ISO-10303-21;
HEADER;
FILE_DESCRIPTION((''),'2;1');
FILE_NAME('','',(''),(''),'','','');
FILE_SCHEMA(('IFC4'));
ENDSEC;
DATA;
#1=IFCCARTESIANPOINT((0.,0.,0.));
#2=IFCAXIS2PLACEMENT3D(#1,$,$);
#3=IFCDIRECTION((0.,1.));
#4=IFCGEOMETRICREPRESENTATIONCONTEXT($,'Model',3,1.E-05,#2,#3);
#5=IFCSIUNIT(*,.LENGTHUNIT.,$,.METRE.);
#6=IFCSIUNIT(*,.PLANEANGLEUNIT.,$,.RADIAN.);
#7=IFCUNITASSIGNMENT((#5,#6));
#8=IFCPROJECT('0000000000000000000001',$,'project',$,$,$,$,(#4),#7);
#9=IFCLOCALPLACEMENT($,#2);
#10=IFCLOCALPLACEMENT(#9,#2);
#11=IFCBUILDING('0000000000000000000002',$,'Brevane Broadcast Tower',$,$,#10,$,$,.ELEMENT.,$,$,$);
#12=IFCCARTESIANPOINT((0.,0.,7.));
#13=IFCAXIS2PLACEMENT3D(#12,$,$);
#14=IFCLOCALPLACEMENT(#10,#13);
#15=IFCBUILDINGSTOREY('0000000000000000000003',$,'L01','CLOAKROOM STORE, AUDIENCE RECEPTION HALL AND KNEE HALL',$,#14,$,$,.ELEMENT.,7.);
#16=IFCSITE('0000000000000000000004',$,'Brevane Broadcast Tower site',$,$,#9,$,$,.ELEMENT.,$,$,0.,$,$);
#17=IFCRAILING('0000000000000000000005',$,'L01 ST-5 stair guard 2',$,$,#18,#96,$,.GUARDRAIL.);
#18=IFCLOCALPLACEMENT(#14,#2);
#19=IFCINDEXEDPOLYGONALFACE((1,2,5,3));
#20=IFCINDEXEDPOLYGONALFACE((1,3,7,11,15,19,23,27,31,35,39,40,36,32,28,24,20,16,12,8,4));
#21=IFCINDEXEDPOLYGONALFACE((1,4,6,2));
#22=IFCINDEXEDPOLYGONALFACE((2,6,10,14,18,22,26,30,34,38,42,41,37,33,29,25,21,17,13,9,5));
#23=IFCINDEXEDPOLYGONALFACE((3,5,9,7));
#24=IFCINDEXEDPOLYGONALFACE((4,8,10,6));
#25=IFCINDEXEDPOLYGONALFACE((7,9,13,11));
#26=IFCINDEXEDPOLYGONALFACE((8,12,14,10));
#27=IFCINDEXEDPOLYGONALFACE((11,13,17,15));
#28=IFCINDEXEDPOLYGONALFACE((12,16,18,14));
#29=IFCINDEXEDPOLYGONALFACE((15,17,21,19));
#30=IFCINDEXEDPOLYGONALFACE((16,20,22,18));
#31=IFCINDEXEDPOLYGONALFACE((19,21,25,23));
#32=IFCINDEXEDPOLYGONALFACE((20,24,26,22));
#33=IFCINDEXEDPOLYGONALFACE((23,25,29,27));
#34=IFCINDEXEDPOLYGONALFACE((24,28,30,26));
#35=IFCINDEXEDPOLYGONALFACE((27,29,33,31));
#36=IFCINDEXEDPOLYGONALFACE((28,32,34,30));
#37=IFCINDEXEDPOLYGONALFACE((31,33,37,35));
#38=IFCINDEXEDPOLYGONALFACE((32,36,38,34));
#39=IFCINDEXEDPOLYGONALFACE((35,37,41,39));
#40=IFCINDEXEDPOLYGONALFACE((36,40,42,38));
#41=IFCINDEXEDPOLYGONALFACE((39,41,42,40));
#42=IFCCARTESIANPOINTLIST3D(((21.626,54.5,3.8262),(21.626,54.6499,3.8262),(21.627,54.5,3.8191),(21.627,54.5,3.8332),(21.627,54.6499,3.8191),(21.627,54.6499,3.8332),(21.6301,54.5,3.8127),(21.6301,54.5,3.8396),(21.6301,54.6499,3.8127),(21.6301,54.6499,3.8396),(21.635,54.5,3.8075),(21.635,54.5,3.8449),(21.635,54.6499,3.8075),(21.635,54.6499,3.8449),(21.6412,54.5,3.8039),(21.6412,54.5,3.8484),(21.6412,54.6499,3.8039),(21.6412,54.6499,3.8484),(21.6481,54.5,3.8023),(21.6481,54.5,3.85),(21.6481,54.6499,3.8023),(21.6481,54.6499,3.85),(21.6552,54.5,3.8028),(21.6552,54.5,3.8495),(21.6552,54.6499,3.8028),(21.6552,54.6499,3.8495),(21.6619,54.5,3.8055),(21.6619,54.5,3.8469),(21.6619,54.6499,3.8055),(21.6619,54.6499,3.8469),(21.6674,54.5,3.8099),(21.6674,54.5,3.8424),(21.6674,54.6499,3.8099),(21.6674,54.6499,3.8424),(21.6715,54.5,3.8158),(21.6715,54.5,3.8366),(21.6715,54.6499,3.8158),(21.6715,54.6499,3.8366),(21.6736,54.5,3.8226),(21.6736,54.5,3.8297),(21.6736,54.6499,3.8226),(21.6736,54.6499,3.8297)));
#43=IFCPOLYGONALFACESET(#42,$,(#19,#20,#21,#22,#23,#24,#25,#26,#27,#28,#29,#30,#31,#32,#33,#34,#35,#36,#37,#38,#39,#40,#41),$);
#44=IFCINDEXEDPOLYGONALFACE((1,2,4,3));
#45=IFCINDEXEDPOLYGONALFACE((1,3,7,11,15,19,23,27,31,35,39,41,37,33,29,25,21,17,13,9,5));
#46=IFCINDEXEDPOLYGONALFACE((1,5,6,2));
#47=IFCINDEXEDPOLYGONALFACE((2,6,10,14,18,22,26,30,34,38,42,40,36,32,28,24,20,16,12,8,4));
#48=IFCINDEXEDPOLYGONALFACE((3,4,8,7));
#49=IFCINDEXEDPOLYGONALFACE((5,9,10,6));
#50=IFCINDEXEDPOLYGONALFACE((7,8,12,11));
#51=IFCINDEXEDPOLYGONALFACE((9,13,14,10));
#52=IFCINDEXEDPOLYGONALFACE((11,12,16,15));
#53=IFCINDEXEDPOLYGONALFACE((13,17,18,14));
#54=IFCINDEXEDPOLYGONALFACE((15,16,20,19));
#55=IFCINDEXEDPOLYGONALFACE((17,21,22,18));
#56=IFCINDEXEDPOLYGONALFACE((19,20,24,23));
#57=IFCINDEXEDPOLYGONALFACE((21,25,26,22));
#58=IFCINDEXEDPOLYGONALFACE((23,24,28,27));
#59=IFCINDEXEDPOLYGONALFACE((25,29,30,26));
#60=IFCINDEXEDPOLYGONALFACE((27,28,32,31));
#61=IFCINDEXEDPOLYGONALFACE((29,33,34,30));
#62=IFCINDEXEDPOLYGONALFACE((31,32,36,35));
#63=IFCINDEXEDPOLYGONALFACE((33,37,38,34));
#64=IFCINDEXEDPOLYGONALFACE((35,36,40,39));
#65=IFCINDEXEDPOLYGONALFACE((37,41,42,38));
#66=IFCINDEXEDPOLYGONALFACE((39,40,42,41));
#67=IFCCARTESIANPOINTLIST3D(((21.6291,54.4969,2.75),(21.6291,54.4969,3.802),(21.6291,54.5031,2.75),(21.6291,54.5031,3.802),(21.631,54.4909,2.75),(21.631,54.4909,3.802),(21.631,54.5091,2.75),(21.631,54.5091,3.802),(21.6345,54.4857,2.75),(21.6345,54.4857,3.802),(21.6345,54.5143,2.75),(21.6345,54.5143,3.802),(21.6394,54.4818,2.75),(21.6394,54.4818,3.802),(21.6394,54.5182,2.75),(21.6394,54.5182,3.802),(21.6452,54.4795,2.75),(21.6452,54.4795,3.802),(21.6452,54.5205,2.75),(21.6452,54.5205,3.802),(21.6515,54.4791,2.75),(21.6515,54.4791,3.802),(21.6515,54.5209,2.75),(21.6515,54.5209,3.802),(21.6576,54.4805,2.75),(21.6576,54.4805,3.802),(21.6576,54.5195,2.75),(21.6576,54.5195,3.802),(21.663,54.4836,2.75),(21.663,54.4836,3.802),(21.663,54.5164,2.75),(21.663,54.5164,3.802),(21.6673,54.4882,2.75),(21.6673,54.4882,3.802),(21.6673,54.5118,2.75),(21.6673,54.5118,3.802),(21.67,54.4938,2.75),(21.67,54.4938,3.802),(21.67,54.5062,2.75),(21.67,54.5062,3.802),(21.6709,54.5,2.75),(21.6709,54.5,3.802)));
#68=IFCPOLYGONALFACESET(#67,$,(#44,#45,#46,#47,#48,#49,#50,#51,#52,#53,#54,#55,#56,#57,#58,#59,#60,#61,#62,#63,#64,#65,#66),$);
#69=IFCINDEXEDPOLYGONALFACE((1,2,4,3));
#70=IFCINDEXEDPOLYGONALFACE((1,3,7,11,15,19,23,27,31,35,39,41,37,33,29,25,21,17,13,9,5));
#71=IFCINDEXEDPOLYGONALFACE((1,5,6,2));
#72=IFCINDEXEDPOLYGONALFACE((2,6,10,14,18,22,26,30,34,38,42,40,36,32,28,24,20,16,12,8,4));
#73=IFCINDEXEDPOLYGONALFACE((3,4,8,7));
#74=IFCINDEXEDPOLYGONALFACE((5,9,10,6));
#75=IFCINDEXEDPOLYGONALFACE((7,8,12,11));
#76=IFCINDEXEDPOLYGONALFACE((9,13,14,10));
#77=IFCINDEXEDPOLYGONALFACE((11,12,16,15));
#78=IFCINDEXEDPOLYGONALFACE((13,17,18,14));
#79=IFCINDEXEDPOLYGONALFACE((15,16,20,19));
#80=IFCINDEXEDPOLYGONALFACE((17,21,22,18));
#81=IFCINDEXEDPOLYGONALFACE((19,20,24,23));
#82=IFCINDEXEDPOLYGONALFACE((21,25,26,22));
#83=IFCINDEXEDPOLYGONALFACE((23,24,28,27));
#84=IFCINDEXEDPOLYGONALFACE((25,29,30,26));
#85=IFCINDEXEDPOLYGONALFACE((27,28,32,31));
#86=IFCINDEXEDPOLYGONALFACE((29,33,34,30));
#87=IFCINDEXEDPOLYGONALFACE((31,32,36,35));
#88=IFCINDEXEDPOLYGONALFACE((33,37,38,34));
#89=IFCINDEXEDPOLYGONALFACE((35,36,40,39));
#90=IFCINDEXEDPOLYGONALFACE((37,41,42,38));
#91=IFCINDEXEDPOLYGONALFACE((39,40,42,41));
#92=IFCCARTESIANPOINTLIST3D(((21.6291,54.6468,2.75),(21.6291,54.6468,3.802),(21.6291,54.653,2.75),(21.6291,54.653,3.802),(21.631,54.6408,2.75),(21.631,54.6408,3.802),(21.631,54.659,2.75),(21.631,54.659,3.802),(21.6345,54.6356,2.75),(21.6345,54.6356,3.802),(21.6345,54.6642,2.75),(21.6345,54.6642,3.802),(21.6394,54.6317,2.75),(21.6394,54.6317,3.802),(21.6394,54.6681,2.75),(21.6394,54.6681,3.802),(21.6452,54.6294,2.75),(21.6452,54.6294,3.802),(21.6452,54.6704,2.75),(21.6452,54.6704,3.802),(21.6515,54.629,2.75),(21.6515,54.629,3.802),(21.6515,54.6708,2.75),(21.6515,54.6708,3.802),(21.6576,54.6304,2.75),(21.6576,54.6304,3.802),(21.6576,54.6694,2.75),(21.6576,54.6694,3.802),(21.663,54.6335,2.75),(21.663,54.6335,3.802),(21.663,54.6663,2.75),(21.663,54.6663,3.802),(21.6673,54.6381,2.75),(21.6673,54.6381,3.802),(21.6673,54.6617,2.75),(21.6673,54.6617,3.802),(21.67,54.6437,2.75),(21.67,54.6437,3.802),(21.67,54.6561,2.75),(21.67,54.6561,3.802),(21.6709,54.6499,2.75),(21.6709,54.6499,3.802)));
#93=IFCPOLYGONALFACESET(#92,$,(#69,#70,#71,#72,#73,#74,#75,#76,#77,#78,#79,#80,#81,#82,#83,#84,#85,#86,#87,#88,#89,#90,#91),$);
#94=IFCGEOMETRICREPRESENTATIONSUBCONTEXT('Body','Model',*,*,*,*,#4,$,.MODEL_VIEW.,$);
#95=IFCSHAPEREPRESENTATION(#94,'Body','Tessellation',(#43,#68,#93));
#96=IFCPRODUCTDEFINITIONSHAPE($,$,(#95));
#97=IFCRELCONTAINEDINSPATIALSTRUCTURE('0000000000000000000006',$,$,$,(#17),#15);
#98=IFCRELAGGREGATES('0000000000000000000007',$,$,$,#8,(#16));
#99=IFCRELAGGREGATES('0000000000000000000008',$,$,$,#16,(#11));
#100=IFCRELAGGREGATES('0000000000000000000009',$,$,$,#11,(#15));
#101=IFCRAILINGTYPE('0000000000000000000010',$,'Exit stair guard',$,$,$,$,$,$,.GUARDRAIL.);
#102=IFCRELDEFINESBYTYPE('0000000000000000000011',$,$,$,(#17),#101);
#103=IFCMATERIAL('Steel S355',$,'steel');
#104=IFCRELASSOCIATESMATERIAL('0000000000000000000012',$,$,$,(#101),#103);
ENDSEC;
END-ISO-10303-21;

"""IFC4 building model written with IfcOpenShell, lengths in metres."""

from ifc_helpers import new_model, si_unit, direction, frame, origin, origin_2d, place, context, subcontext, project, spatial, circle, extrude, material, type_object, element, save


model = new_model("IFC4")

# Units and contexts
model_context = context("Model", 3, precision=1e-05, world=origin(), true_north=direction((0.0, 1.0)))
body_context = subcontext(model_context, "Body", "Model", "MODEL_VIEW")
ifc_project = project(units=[si_unit("LENGTHUNIT", "METRE"), si_unit("PLANEANGLEUNIT", "RADIAN")], contexts=[model_context])

# Site, building, storey
site_placement = place(None, origin())
site = spatial("IfcSite", under=ifc_project, at=site_placement, Name="Brevane Broadcast Tower site", CompositionType="ELEMENT", RefElevation=0.0)
building_placement = place(site_placement, origin())
building = spatial("IfcBuilding", under=site, at=building_placement, Name="Brevane Broadcast Tower", CompositionType="ELEMENT")
storey_placement = place(building_placement, frame((0.0, 0.0, 7.0)))
storey = spatial("IfcBuildingStorey", under=building, at=storey_placement, Name="L01", Description="CLOAKROOM STORE, AUDIENCE RECEPTION HALL AND KNEE HALL", CompositionType="ELEMENT", Elevation=7.0)

# Railing
ifc_material_1 = material(Name="Steel S355", Category="steel")
railing_type_1 = type_object("IfcRailingType", Name="Exit stair guard", PredefinedType="GUARDRAIL", material=ifc_material_1)
railing_1_placement = place(storey_placement, frame((21.6499, 54.5, 2.75)))
element("IfcRailing", 1, at=railing_1_placement, inside=storey, type_object=railing_type_1, Name="L01 ST-5 stair guard 2", PredefinedType="GUARDRAIL", context=body_context, shape_type="SweptSolid", body=[
    extrude(circle(Radius=0.0239, at=origin_2d()), frame((0.0, 0.0, 1.0762), z_axis=(0.0, 1.0, 0.0), x_axis=(-1.0, 0.0, 0.0)), (0.0, 0.0, 1.0), 0.1499),
    extrude(circle(Radius=0.021, at=origin_2d()), origin(), (0.0, 0.0, 1.0), 1.052),
    extrude(circle(Radius=0.021, at=origin_2d()), frame((0.0, 0.1499, 0.0)), (0.0, 0.0, 1.0), 1.052),
])

save(model, "model.ifc")
